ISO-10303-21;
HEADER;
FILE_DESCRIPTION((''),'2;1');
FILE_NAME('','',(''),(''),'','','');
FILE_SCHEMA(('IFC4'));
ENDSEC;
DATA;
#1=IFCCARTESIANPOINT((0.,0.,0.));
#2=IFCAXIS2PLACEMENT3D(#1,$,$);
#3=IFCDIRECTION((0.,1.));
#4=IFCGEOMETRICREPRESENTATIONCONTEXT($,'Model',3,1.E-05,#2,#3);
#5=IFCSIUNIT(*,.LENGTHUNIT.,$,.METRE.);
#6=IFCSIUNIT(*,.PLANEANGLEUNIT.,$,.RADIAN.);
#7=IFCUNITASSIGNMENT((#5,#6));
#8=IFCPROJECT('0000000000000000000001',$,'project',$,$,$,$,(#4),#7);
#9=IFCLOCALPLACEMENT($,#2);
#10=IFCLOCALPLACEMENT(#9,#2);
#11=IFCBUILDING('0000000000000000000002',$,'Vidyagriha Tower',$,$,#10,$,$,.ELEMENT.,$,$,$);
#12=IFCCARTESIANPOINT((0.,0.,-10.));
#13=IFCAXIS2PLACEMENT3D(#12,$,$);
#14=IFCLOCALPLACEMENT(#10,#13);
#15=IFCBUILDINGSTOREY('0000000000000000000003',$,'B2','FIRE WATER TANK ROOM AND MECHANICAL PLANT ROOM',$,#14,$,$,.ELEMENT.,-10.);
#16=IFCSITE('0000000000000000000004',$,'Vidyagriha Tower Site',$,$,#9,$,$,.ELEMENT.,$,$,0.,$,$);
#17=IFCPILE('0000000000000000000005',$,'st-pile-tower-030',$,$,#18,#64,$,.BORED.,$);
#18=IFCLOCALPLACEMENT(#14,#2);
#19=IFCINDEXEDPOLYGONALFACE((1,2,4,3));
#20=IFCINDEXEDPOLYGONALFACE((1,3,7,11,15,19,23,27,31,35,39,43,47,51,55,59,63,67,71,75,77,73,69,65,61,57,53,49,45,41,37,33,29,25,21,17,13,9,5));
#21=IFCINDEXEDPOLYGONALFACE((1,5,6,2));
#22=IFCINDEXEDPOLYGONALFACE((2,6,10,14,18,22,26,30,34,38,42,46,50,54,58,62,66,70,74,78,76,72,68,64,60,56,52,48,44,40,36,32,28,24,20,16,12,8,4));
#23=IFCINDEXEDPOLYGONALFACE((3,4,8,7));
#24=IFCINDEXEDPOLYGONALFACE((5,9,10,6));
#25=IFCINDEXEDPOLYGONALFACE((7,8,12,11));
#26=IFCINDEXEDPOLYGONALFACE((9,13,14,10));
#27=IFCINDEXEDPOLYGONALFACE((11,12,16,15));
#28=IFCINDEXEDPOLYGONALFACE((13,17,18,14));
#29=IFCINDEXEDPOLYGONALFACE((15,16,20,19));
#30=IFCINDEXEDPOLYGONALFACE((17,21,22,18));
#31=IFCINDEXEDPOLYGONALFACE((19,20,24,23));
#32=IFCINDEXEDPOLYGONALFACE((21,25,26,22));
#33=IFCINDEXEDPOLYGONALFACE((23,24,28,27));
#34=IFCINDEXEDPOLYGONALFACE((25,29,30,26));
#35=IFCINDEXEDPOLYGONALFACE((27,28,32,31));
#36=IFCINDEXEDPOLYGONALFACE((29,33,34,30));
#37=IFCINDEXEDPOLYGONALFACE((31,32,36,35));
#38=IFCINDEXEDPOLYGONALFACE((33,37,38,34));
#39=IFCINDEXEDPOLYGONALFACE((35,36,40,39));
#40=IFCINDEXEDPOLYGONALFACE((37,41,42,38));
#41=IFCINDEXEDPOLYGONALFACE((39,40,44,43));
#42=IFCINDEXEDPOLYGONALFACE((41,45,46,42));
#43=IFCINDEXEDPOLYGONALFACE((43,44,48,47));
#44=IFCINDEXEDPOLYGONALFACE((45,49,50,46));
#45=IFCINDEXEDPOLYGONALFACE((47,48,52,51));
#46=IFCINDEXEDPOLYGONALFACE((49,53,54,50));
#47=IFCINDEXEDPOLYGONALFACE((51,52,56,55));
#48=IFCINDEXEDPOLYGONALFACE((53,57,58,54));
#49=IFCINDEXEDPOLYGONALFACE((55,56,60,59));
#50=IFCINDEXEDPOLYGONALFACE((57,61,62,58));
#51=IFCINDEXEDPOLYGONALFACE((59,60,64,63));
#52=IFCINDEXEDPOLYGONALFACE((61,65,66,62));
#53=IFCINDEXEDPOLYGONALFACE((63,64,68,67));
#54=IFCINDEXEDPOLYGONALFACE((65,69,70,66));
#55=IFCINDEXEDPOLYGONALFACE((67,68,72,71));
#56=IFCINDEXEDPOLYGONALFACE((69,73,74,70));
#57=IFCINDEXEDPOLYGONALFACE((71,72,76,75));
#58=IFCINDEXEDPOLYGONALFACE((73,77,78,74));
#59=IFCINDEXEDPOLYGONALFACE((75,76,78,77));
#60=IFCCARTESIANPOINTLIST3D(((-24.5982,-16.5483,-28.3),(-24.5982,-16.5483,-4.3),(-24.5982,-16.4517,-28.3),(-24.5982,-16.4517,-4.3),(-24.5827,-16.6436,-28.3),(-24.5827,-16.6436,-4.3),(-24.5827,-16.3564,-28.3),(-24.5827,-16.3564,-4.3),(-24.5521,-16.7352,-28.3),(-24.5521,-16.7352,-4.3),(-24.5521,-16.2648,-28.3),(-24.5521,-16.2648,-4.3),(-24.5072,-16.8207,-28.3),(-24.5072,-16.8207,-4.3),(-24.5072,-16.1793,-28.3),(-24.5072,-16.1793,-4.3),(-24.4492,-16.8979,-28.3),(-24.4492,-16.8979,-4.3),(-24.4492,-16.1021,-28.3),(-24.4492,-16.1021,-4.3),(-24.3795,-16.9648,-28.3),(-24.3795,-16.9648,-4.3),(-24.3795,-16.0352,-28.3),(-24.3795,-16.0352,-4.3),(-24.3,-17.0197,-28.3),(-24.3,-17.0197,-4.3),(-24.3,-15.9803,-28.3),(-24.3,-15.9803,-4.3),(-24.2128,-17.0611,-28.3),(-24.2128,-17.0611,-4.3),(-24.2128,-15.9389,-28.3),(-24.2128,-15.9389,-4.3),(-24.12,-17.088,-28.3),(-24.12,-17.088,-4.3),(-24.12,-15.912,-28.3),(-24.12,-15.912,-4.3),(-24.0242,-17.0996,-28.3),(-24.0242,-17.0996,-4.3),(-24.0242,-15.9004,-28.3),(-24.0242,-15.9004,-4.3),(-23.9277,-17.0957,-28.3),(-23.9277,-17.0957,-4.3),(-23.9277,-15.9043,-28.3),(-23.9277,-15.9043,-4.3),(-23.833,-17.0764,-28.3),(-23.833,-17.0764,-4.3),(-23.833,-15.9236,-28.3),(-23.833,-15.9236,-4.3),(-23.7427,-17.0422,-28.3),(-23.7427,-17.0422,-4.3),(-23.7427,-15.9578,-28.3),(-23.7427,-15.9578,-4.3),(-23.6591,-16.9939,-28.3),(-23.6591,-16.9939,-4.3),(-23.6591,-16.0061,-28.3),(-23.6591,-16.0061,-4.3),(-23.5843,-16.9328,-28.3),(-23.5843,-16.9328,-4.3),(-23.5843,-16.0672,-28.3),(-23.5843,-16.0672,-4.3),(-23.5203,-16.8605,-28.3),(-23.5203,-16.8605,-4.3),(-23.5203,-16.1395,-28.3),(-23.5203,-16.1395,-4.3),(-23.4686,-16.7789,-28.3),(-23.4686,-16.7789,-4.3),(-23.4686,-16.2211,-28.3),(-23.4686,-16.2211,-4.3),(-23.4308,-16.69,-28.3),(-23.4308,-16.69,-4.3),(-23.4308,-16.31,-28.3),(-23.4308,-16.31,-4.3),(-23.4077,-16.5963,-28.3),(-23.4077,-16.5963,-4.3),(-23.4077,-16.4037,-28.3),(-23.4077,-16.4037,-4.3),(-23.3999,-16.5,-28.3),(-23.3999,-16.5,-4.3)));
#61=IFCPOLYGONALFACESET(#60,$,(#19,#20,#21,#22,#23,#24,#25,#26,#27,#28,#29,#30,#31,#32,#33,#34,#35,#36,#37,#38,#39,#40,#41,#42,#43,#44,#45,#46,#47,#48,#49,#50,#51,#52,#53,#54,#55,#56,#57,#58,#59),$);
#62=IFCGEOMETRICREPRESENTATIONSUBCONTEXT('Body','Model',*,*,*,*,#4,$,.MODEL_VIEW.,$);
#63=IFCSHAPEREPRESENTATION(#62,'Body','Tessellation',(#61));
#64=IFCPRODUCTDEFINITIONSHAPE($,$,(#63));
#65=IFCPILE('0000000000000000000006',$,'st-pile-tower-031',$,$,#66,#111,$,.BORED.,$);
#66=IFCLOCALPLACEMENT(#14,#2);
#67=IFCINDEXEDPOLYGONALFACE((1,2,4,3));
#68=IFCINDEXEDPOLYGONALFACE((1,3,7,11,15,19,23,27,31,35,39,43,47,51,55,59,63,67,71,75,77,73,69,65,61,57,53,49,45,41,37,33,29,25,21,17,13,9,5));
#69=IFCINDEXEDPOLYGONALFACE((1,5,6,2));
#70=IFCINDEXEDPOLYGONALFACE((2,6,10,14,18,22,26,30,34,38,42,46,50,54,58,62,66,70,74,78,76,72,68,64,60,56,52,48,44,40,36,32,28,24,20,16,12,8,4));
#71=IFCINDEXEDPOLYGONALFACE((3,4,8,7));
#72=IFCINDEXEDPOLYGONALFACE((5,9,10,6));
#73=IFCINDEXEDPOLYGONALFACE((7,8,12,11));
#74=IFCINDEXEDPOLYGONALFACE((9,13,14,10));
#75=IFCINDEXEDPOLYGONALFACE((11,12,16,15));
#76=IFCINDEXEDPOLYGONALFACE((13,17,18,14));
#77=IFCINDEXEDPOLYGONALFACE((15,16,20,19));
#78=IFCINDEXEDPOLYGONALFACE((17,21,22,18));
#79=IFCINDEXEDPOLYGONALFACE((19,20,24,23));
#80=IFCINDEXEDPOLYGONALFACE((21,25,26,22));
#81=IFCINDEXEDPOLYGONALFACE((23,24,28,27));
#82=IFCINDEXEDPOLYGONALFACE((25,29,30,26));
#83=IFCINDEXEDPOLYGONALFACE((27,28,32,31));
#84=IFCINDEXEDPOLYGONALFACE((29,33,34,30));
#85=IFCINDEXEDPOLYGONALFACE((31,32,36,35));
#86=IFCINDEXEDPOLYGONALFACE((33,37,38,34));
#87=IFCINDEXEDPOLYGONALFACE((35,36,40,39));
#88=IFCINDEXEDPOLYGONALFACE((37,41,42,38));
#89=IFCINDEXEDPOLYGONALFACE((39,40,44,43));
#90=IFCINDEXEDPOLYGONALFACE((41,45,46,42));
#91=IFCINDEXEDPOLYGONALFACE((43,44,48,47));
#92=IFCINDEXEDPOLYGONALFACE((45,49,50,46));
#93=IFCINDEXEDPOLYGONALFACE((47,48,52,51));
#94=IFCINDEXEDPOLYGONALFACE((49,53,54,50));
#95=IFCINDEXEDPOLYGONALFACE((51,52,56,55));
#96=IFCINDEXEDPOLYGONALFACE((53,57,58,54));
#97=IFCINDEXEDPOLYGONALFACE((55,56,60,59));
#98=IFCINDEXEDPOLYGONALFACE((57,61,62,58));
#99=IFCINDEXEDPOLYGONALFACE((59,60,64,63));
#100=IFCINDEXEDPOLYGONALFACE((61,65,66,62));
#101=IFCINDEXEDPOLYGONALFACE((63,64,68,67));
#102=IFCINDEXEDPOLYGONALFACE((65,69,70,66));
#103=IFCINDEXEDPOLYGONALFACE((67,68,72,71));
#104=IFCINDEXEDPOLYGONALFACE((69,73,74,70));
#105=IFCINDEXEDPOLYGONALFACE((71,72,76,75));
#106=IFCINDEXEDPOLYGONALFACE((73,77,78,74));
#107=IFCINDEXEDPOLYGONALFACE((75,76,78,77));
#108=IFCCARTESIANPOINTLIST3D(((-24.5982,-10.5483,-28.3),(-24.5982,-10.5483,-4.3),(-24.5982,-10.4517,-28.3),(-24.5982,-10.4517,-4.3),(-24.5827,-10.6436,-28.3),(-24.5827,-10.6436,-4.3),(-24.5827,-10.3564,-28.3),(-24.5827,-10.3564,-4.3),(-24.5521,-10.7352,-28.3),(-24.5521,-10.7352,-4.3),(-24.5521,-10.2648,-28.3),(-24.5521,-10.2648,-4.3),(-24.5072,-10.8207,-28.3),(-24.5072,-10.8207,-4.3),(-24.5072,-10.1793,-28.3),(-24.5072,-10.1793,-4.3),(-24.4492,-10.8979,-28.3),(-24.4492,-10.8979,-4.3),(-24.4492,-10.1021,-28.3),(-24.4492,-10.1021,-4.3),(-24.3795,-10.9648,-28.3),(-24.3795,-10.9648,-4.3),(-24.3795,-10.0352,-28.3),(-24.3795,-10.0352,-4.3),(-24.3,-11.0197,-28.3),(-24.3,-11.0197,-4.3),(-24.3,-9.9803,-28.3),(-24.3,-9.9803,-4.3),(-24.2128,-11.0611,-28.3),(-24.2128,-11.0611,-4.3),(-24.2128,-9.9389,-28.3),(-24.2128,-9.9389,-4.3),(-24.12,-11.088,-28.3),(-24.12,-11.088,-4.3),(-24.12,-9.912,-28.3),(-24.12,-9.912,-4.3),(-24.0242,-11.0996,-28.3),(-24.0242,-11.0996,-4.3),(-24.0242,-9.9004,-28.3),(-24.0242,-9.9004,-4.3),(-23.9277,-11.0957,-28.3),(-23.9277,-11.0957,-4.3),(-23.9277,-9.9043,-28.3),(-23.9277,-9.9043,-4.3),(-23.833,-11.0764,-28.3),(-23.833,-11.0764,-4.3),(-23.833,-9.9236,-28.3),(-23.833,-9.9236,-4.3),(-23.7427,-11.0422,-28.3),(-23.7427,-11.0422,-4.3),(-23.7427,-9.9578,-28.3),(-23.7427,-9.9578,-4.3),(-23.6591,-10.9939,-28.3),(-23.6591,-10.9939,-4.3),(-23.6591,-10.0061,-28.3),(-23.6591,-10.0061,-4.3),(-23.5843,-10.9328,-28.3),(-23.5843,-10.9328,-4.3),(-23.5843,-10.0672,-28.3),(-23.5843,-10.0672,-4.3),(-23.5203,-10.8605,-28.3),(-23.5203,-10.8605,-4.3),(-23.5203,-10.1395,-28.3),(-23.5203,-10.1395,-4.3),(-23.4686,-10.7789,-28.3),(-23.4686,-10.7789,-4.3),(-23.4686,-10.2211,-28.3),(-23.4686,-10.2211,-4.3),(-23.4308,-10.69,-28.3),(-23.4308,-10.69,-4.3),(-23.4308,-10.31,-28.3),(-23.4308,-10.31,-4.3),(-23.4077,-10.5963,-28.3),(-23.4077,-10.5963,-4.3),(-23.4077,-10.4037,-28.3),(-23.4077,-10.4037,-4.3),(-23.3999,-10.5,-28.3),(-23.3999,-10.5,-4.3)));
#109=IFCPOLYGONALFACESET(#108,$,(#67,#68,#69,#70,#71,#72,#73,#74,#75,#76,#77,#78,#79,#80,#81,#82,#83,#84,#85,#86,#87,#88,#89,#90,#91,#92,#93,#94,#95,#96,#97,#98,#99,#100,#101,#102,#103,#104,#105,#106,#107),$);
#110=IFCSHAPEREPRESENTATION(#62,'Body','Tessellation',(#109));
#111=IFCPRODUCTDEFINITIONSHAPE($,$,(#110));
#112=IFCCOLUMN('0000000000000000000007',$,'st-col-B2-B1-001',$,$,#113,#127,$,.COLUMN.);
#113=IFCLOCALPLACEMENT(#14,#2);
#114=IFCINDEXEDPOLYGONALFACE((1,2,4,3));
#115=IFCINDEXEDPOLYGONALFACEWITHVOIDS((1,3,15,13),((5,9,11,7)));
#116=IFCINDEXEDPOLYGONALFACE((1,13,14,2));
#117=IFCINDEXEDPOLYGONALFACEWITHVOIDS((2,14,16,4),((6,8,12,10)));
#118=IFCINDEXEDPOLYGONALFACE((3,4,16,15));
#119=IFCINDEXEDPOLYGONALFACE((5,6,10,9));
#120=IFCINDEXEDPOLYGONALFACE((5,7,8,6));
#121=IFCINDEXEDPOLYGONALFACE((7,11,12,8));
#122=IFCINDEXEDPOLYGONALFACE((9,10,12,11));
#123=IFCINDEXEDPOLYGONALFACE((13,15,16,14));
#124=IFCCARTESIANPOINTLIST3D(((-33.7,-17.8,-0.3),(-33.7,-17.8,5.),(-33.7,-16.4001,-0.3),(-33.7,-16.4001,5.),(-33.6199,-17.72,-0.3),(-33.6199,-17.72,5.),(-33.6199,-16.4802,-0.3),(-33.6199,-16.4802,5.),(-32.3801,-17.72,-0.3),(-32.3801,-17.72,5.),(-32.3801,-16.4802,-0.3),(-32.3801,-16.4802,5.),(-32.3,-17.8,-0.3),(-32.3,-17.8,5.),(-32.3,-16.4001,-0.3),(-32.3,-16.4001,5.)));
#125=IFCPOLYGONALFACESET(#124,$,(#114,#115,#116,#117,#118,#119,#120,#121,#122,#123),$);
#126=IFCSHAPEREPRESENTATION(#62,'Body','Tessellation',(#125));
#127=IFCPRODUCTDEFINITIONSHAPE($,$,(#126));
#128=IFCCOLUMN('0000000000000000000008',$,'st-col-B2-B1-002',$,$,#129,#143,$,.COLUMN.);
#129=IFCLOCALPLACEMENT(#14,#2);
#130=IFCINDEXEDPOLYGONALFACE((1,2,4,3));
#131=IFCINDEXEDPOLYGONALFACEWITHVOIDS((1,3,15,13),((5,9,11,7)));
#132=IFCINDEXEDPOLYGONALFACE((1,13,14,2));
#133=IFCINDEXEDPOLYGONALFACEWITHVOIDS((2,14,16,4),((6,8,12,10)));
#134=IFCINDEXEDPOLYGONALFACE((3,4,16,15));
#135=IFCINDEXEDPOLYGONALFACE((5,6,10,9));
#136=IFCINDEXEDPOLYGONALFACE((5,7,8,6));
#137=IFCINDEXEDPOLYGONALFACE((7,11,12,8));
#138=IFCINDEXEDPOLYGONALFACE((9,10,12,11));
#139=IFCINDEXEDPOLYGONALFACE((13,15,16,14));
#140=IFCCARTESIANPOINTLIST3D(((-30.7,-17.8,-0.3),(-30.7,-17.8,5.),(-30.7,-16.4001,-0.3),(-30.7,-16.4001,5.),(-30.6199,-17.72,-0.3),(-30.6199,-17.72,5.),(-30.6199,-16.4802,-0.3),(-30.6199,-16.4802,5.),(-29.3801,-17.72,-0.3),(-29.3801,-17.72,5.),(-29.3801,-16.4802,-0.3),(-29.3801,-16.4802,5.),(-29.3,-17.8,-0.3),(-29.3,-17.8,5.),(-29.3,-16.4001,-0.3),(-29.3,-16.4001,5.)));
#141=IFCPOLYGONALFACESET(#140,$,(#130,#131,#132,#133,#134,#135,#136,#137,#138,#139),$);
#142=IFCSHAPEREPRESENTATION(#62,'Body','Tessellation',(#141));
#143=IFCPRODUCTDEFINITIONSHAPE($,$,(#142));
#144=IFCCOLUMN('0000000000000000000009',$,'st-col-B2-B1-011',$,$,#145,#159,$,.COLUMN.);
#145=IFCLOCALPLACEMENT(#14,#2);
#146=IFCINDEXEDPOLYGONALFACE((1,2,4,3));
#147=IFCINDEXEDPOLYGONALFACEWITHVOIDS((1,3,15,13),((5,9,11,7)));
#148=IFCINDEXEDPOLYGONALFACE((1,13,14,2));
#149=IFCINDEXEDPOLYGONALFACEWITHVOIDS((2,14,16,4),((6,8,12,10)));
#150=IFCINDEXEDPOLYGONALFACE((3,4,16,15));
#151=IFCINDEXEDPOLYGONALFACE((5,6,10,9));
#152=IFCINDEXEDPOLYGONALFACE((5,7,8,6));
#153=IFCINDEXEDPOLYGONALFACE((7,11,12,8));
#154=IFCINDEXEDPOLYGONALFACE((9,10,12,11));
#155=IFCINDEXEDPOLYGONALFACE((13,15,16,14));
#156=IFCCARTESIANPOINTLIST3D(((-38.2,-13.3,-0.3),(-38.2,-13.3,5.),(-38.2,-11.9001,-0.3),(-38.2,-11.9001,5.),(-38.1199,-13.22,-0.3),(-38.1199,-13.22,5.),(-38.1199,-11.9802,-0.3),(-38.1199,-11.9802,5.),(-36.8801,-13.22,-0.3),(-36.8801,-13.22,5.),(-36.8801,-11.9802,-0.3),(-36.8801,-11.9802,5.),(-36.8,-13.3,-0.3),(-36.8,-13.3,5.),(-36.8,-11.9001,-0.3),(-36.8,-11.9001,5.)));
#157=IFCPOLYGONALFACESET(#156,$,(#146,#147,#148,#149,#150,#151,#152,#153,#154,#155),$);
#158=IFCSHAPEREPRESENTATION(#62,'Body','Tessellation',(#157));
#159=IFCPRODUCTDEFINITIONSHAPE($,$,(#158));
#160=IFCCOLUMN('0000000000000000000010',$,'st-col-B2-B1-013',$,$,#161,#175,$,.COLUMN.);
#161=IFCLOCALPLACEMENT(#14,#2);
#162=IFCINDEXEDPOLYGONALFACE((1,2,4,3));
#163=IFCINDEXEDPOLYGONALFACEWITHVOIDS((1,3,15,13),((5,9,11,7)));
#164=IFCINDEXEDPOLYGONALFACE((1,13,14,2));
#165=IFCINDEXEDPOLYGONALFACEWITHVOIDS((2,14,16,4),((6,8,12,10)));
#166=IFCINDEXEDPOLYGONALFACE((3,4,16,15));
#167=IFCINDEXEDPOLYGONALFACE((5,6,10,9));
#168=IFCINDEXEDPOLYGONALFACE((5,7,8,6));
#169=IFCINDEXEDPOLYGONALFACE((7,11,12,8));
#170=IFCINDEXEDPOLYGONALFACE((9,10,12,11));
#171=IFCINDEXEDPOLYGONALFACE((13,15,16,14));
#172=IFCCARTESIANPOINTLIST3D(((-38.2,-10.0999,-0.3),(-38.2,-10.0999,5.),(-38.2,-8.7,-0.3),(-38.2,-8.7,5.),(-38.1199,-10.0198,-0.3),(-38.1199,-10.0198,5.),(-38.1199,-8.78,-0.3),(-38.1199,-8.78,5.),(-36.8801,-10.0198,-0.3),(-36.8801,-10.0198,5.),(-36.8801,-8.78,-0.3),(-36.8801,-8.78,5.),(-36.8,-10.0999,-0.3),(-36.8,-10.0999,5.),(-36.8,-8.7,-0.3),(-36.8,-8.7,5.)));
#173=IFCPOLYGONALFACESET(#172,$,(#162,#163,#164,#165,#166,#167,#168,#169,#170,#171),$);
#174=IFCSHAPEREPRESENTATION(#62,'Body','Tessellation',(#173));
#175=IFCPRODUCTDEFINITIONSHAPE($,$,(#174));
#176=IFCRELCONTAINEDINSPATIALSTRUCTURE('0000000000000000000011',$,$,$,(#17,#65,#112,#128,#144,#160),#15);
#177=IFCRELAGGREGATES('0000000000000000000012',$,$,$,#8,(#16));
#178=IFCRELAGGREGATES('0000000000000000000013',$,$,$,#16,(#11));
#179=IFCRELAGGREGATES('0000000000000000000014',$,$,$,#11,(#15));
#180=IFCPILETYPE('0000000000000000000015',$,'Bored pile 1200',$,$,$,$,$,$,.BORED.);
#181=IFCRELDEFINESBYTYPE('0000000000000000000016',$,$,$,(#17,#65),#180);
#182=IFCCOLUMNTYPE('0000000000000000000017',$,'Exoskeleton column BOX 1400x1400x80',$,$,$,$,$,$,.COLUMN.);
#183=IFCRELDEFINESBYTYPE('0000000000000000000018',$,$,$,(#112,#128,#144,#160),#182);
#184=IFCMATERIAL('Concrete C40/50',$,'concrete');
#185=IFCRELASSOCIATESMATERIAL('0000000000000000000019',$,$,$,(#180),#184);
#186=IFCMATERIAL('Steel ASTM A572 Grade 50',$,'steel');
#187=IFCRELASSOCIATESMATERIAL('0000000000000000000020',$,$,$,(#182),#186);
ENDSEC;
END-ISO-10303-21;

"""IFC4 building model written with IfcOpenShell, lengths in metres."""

from ifc_helpers import new_model, si_unit, direction, frame, origin, origin_2d, place, context, subcontext, project, spatial, hollow_rectangle, circle, extrude, material, material_profile, profile_set, type_object, element, save


model = new_model("IFC4")

# Units and contexts
model_context = context("Model", 3, precision=1e-05, world=origin(), true_north=direction((0.0, 1.0)))
body_context = subcontext(model_context, "Body", "Model", "MODEL_VIEW")
ifc_project = project(units=[si_unit("LENGTHUNIT", "METRE"), si_unit("PLANEANGLEUNIT", "RADIAN")], contexts=[model_context])

# Site, building, storey
site_placement = place(None, origin())
site = spatial("IfcSite", under=ifc_project, at=site_placement, Name="Vidyagriha Tower Site", CompositionType="ELEMENT", RefElevation=0.0)
building_placement = place(site_placement, origin())
building = spatial("IfcBuilding", under=site, at=building_placement, Name="Vidyagriha Tower", CompositionType="ELEMENT")
storey_placement = place(building_placement, frame((0.0, 0.0, -10.0)))
storey = spatial("IfcBuildingStorey", under=building, at=storey_placement, Name="B2", Description="FIRE WATER TANK ROOM AND MECHANICAL PLANT ROOM", CompositionType="ELEMENT", Elevation=-10.0)

# Piles
ifc_material_1 = material(Name="Concrete C40/50", Category="concrete")
ifc_material_profile_1 = material_profile(ifc_material_1, circle(Radius=0.6001, at=origin_2d()), Name="Bored pile 1200")
ifc_profile_set_1 = profile_set([ifc_material_profile_1], Name="Concrete C40/50")
pile_type = type_object("IfcPileType", Name="Bored pile 1200", PredefinedType="BORED", material=ifc_profile_set_1)
for number, where, z_axis, x_axis, name in (
    (1, (-24.0, -16.5, -4.3), (0.0, 0.0, -1.0), (1.0, 0.0, 0.0), "st-pile-tower-030"),
    (2, (-24.0, -10.5, -4.3), (0.0, 0.0, -1.0), (1.0, 0.0, 0.0), "st-pile-tower-031"),
):
    element("IfcPile", number, at=place(storey_placement, frame(where, z_axis=z_axis, x_axis=x_axis)), inside=storey, type_object=pile_type, Name=name, PredefinedType="BORED", context=body_context, shape_type="SweptSolid", body=[
        extrude(circle(Radius=0.6001, at=origin_2d()), origin(), (0.0, 0.0, 1.0), 24.0),
    ])

# Columns
ifc_material_2 = material(Name="Steel ASTM A572 Grade 50", Category="steel")
ifc_material_profile_2 = material_profile(ifc_material_2, hollow_rectangle(XDim=1.3999, YDim=1.3999, WallThickness=0.0801, at=origin_2d()), Name="BOX 1400x1400x80")
ifc_profile_set_2 = profile_set([ifc_material_profile_2], Name="Steel ASTM A572 Grade 50")
column_type = type_object("IfcColumnType", Name="Exoskeleton column BOX 1400x1400x80", PredefinedType="COLUMN", material=ifc_profile_set_2)
for number, where, name in (
    (3, (-33.0, -17.1001, -0.3), "st-col-B2-B1-001"),
    (4, (-30.0, -17.1001, -0.3), "st-col-B2-B1-002"),
    (5, (-37.5, -12.6001, -0.3), "st-col-B2-B1-011"),
    (6, (-37.5, -9.3999, -0.3), "st-col-B2-B1-013"),
):
    element("IfcColumn", number, at=place(storey_placement, frame(where)), inside=storey, type_object=column_type, Name=name, PredefinedType="COLUMN", context=body_context, shape_type="SweptSolid", body=[
        extrude(hollow_rectangle(XDim=1.3999, YDim=1.3999, WallThickness=0.0801, at=origin_2d()), origin(), (0.0, 0.0, 1.0), 5.3),
    ])

save(model, "model.ifc")
